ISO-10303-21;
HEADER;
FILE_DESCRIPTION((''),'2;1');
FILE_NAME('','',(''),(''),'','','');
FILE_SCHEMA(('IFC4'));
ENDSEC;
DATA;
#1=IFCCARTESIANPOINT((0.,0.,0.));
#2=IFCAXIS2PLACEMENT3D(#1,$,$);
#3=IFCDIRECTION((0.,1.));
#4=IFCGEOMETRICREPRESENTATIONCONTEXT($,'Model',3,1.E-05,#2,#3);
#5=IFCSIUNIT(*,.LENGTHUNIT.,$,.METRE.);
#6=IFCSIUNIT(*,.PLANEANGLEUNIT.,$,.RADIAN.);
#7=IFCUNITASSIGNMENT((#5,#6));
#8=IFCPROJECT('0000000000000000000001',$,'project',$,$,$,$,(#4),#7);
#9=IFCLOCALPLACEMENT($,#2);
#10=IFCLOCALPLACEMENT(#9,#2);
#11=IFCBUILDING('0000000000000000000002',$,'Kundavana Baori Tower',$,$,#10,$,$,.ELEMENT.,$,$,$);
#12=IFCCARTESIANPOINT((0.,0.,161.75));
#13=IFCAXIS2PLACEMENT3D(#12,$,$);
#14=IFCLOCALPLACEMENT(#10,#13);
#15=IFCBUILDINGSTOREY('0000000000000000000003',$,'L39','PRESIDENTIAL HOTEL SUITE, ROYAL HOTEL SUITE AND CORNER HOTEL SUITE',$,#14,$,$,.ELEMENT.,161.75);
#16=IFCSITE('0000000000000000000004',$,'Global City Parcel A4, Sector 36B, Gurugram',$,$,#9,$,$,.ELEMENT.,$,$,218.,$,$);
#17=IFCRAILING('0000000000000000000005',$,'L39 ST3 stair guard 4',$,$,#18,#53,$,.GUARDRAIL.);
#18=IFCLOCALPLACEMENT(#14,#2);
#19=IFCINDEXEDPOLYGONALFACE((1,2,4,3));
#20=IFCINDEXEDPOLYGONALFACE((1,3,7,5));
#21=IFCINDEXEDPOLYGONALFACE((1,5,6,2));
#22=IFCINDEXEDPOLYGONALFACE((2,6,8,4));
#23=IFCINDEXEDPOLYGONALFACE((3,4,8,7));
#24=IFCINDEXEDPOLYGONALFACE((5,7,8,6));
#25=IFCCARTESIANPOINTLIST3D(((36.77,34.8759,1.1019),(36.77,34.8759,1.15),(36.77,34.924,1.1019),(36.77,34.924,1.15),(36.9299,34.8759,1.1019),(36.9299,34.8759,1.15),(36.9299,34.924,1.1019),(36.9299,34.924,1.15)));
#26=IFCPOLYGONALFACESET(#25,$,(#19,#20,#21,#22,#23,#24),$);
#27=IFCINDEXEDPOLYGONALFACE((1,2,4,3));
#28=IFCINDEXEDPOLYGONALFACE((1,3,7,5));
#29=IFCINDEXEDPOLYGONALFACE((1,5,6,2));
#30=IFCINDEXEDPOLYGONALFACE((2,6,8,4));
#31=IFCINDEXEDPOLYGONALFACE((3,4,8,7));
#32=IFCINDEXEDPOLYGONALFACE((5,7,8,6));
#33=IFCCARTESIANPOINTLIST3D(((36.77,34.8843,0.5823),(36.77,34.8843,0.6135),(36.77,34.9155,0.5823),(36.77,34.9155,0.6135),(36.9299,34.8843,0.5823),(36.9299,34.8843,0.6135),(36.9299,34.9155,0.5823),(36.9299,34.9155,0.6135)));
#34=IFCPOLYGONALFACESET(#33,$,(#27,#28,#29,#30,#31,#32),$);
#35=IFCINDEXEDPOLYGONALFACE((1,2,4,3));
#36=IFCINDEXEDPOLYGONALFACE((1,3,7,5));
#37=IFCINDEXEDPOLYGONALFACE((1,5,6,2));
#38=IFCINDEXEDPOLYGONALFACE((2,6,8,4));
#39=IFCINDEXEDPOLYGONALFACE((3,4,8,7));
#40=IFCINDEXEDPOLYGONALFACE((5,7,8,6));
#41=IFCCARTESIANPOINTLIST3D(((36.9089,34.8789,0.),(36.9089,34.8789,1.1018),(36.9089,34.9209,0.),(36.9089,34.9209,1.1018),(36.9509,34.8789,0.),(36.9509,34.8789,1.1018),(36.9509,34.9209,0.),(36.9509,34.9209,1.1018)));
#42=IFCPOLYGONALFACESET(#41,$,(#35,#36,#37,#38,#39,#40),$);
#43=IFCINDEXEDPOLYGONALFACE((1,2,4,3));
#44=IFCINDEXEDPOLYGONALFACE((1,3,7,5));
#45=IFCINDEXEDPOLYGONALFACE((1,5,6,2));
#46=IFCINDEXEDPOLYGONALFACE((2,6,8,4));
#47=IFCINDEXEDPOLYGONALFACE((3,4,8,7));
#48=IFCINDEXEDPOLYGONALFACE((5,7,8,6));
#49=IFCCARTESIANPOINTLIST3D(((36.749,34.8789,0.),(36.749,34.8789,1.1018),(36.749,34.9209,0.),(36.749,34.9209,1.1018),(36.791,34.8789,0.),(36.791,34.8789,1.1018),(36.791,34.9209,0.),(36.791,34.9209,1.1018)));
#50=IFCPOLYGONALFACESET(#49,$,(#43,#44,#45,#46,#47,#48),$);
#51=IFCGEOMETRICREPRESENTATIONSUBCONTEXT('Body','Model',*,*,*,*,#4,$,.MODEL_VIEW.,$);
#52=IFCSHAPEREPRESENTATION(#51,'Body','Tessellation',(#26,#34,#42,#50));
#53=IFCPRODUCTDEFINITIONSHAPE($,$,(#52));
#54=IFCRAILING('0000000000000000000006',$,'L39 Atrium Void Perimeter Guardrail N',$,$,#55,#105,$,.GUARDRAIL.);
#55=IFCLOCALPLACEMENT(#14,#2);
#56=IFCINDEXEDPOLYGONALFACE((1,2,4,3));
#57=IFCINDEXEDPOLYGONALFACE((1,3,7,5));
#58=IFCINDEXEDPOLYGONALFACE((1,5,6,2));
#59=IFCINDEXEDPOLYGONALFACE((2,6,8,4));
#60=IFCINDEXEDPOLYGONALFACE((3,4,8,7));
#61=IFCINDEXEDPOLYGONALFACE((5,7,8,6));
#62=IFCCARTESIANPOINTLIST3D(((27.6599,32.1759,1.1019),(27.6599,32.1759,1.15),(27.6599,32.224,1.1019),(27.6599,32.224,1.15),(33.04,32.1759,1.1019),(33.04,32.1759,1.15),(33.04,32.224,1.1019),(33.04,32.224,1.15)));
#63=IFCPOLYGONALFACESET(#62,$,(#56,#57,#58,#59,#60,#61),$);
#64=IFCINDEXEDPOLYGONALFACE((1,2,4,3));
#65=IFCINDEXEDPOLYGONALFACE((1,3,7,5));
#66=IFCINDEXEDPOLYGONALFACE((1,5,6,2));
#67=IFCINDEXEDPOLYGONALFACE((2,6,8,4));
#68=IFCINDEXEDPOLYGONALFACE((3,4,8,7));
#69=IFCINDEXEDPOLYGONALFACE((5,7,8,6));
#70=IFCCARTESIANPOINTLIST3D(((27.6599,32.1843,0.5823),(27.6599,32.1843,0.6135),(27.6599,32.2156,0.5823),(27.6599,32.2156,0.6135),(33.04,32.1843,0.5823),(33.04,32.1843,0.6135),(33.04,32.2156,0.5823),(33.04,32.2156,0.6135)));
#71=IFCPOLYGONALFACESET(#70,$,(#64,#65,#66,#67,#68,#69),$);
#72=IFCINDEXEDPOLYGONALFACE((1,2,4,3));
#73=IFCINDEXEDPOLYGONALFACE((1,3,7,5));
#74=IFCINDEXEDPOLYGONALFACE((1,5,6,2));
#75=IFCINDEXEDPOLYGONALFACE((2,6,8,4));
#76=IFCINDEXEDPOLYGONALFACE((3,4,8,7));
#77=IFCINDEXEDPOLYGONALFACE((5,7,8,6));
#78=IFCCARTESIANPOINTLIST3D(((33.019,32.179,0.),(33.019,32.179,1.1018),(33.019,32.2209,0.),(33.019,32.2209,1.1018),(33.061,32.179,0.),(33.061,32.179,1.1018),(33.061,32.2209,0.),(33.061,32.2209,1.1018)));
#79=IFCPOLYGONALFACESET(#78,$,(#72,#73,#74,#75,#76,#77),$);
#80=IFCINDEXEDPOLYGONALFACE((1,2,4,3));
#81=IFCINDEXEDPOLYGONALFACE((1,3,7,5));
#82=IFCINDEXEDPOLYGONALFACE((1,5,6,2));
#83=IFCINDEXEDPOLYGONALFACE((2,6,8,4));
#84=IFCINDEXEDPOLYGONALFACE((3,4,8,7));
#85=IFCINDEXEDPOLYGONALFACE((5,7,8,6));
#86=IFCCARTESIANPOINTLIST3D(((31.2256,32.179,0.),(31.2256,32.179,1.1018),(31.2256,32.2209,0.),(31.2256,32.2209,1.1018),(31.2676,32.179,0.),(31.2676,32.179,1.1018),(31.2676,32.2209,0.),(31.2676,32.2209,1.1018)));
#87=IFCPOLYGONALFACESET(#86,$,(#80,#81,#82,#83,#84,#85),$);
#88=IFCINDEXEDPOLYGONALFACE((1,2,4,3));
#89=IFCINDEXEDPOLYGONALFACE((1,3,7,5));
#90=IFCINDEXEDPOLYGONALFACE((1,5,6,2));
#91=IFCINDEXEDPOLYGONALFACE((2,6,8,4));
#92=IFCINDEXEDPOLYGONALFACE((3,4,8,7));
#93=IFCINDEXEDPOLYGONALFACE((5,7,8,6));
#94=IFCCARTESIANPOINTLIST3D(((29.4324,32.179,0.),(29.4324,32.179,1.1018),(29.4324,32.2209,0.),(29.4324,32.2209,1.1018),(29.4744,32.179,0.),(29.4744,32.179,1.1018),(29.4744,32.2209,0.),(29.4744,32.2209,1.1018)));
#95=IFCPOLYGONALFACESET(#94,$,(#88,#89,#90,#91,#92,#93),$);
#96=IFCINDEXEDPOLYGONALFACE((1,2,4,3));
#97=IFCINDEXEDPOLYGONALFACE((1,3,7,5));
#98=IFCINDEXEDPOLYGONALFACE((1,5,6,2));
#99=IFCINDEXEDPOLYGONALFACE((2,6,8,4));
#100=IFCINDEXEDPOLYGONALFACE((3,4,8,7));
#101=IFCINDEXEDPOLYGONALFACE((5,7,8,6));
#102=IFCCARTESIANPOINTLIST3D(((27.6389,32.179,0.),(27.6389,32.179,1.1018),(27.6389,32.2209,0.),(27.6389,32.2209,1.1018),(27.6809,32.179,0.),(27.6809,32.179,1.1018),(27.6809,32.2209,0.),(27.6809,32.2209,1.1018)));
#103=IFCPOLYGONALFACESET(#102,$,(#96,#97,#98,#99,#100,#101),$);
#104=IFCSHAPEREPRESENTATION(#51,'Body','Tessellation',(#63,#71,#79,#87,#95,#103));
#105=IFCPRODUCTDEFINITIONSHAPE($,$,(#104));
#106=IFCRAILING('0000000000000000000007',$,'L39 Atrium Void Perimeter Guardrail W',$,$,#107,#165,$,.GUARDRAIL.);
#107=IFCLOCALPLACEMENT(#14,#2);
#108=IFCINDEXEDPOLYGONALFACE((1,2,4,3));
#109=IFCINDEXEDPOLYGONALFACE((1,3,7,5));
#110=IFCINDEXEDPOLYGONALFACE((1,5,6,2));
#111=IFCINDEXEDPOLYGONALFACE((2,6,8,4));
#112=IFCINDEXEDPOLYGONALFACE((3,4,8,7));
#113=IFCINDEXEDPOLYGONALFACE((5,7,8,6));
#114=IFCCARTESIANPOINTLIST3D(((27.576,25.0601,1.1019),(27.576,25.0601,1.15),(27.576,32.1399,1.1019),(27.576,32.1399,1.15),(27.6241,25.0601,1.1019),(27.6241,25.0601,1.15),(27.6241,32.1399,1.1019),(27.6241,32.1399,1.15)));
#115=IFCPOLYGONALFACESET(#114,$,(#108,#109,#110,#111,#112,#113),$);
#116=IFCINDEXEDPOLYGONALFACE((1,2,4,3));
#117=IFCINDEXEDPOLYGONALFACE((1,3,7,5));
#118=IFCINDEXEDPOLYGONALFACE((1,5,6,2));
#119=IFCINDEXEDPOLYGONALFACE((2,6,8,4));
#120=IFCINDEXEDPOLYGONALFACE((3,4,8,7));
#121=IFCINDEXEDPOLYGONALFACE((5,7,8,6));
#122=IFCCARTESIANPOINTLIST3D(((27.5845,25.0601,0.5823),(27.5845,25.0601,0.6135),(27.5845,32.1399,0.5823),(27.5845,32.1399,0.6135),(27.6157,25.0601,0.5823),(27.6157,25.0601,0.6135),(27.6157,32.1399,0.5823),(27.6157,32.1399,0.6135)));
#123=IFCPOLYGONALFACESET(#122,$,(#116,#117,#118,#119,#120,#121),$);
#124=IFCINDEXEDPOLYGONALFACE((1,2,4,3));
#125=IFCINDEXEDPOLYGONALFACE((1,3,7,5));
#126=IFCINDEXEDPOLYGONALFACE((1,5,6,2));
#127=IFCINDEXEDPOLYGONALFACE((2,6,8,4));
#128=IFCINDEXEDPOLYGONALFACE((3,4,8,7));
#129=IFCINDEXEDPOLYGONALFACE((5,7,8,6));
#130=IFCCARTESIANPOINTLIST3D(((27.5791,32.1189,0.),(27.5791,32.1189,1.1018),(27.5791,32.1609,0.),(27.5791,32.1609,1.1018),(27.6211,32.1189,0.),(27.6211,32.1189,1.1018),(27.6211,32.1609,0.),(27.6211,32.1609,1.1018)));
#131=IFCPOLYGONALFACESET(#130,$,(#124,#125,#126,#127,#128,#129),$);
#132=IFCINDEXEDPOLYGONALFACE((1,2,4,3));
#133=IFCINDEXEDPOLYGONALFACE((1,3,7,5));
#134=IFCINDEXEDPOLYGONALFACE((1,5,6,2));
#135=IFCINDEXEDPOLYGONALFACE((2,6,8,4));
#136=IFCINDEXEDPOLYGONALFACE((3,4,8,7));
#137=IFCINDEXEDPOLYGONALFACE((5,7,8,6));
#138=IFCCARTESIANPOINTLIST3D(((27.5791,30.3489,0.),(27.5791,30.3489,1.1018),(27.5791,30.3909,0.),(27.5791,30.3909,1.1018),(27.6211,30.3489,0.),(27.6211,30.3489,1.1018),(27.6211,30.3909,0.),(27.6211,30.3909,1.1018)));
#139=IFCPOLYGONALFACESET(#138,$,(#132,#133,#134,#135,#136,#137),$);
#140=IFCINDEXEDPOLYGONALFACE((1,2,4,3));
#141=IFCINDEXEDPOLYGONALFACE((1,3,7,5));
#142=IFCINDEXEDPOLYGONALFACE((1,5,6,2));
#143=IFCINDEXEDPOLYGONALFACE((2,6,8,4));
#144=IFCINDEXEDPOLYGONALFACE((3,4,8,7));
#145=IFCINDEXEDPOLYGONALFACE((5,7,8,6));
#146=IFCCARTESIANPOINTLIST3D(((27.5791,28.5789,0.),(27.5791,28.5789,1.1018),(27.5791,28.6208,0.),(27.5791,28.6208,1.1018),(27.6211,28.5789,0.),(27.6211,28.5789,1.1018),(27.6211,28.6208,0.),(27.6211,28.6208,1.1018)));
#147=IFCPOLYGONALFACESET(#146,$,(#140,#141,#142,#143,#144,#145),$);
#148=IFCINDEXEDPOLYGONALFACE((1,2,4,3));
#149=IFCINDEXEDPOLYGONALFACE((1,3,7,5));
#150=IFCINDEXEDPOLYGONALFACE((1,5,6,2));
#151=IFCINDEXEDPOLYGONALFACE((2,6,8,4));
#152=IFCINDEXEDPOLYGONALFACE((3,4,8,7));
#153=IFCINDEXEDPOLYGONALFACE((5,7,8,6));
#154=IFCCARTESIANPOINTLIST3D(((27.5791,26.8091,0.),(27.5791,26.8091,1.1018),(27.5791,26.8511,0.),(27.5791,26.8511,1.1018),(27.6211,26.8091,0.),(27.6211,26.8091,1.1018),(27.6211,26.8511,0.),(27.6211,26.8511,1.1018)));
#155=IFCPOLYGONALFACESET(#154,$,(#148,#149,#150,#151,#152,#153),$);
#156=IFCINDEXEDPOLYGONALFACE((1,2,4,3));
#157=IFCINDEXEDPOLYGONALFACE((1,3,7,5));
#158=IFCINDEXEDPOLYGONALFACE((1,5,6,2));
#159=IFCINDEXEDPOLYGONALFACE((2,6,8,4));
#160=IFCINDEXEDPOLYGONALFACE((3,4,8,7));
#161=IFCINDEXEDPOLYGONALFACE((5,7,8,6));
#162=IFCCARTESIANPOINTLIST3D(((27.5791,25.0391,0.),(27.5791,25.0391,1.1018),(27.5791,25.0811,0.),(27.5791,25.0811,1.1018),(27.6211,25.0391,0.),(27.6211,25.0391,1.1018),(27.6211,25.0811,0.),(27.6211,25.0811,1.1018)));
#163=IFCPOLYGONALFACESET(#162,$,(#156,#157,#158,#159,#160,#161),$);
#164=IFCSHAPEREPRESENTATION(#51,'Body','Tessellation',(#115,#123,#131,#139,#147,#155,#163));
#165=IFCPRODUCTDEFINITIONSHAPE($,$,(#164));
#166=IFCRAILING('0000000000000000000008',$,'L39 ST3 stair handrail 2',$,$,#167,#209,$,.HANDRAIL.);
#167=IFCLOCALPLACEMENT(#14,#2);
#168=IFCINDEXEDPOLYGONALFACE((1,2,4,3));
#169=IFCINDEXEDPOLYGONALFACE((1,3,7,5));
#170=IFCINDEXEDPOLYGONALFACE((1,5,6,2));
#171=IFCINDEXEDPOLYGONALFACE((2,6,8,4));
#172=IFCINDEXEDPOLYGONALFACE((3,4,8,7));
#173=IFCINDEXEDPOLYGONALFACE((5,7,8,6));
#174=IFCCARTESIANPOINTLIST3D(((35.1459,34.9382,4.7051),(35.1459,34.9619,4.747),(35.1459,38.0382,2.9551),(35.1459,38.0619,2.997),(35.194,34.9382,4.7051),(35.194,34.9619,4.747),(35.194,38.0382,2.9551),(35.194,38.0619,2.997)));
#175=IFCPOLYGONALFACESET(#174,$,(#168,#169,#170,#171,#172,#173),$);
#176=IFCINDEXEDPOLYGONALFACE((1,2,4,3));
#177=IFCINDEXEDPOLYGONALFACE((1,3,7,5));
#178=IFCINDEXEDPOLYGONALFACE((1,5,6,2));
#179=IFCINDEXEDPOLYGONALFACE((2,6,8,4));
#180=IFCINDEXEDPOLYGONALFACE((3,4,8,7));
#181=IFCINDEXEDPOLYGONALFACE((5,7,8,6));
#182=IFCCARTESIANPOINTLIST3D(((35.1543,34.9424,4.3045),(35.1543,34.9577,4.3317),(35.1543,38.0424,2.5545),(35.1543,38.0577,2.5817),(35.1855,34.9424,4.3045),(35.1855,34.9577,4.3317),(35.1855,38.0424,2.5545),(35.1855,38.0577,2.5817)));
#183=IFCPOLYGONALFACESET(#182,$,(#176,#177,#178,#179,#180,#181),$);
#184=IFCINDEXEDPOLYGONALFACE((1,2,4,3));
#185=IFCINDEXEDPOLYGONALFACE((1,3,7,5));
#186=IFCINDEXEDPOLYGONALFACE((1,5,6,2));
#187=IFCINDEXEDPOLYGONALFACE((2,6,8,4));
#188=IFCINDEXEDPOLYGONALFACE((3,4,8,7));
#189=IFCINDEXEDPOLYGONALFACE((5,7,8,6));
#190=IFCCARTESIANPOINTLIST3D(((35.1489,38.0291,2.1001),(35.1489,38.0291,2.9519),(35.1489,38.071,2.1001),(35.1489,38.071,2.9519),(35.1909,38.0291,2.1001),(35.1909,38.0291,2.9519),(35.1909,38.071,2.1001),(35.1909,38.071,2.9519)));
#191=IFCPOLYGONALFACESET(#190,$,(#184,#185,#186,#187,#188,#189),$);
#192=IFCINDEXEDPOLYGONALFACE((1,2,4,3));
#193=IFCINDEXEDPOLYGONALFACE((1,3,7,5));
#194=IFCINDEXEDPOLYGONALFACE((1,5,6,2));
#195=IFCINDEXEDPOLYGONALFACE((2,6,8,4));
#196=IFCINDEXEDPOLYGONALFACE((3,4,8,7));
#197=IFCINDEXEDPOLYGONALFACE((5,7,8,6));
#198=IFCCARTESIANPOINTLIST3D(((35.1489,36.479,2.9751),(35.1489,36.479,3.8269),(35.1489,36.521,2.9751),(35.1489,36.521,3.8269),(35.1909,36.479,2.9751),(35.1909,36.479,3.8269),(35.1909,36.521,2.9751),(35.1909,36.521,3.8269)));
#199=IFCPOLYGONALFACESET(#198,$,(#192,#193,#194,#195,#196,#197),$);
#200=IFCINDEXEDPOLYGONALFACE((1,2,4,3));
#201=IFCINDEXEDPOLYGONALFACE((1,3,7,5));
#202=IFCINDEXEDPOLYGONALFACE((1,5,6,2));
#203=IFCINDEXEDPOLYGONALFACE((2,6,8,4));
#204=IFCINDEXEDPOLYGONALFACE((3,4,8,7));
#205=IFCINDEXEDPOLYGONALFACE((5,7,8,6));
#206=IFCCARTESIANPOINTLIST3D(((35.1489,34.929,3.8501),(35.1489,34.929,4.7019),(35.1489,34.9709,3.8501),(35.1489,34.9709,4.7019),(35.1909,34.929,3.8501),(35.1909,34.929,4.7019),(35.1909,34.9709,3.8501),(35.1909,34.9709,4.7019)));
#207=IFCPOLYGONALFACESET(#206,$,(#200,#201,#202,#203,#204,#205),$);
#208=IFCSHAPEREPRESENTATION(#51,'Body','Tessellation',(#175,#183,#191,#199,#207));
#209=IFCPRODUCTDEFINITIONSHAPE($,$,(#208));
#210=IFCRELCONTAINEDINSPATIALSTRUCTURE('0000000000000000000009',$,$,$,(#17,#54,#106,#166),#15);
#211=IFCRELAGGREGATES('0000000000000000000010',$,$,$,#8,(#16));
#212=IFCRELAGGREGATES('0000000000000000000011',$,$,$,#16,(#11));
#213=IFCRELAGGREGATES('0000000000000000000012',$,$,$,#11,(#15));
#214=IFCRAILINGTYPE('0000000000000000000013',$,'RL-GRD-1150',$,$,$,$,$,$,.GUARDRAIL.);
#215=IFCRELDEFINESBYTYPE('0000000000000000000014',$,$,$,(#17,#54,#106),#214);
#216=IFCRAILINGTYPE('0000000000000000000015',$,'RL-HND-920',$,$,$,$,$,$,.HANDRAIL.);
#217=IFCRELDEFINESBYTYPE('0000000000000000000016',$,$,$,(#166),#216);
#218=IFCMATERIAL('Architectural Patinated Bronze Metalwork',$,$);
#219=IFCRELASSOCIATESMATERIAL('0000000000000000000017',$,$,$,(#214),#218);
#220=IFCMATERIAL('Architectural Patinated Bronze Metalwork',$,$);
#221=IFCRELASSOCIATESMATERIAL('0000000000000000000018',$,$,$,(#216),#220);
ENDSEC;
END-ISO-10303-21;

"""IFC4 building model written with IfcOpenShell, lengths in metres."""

from ifc_helpers import new_model, si_unit, direction, frame, origin, origin_2d, place, context, subcontext, project, spatial, rectangle, extrude, material, type_object, element, save


model = new_model("IFC4")

# Units and contexts
model_context = context("Model", 3, precision=1e-05, world=origin(), true_north=direction((0.0, 1.0)))
body_context = subcontext(model_context, "Body", "Model", "MODEL_VIEW")
ifc_project = project(units=[si_unit("LENGTHUNIT", "METRE"), si_unit("PLANEANGLEUNIT", "RADIAN")], contexts=[model_context])

# Site, building, storey
site_placement = place(None, origin())
site = spatial("IfcSite", under=ifc_project, at=site_placement, Name="Global City Parcel A4, Sector 36B, Gurugram", CompositionType="ELEMENT", RefElevation=218.0)
building_placement = place(site_placement, origin())
building = spatial("IfcBuilding", under=site, at=building_placement, Name="Kundavana Baori Tower", CompositionType="ELEMENT")
storey_placement = place(building_placement, frame((0.0, 0.0, 161.75)))
storey = spatial("IfcBuildingStorey", under=building, at=storey_placement, Name="L39", Description="PRESIDENTIAL HOTEL SUITE, ROYAL HOTEL SUITE AND CORNER HOTEL SUITE", CompositionType="ELEMENT", Elevation=161.75)

# Railings
ifc_material_1 = material(Name="Architectural Patinated Bronze Metalwork")
railing_type_1 = type_object("IfcRailingType", Name="RL-GRD-1150", PredefinedType="GUARDRAIL", material=ifc_material_1)
railing_1_placement = place(storey_placement, frame((36.9299, 34.8999, 0.0)))
element("IfcRailing", 1, at=railing_1_placement, inside=storey, type_object=railing_type_1, Name="L39 ST3 stair guard 4", PredefinedType="GUARDRAIL", context=body_context, shape_type="SweptSolid", body=[
    extrude(rectangle(XDim=0.0481, YDim=0.0481, at=origin_2d()), frame((0.0, 0.0, 1.126), z_axis=(-1.0, 0.0, 0.0), x_axis=(0.0, -1.0, 0.0)), (0.0, 0.0, 1.0), 0.1599),
    extrude(rectangle(XDim=0.0312, YDim=0.0312, at=origin_2d()), frame((0.0, 0.0, 0.5979), z_axis=(-1.0, 0.0, 0.0), x_axis=(0.0, -1.0, 0.0)), (0.0, 0.0, 1.0), 0.1599),
    extrude(rectangle(XDim=0.042, YDim=0.042, at=origin_2d()), origin(), (0.0, 0.0, 1.0), 1.1018),
    extrude(rectangle(XDim=0.042, YDim=0.042, at=origin_2d()), frame((-0.1599, 0.0, 0.0)), (0.0, 0.0, 1.0), 1.1018),
])
railing_2_placement = place(storey_placement, frame((33.04, 32.2, 0.0)))
element("IfcRailing", 2, at=railing_2_placement, inside=storey, type_object=railing_type_1, Name="L39 Atrium Void Perimeter Guardrail N", PredefinedType="GUARDRAIL", context=body_context, shape_type="SweptSolid", body=[
    extrude(rectangle(XDim=0.0481, YDim=0.0481, at=origin_2d()), frame((0.0, 0.0, 1.126), z_axis=(-1.0, 0.0, 0.0), x_axis=(0.0, -1.0, 0.0)), (0.0, 0.0, 1.0), 5.3801),
    extrude(rectangle(XDim=0.0312, YDim=0.0312, at=origin_2d()), frame((0.0, 0.0, 0.5979), z_axis=(-1.0, 0.0, 0.0), x_axis=(0.0, -1.0, 0.0)), (0.0, 0.0, 1.0), 5.3801),
    extrude(rectangle(XDim=0.042, YDim=0.042, at=origin_2d()), origin(), (0.0, 0.0, 1.0), 1.1018),
    extrude(rectangle(XDim=0.042, YDim=0.042, at=origin_2d()), frame((-1.7935, 0.0, 0.0)), (0.0, 0.0, 1.0), 1.1018),
    extrude(rectangle(XDim=0.042, YDim=0.042, at=origin_2d()), frame((-3.5867, 0.0, 0.0)), (0.0, 0.0, 1.0), 1.1018),
    extrude(rectangle(XDim=0.042, YDim=0.042, at=origin_2d()), frame((-5.3801, 0.0, 0.0)), (0.0, 0.0, 1.0), 1.1018),
])
railing_3_placement = place(storey_placement, frame((27.6001, 32.1399, 0.0)))
element("IfcRailing", 3, at=railing_3_placement, inside=storey, type_object=railing_type_1, Name="L39 Atrium Void Perimeter Guardrail W", PredefinedType="GUARDRAIL", context=body_context, shape_type="SweptSolid", body=[
    extrude(rectangle(XDim=0.0481, YDim=0.0481, at=origin_2d()), frame((0.0, 0.0, 1.126), z_axis=(0.0, -1.0, 0.0), x_axis=(1.0, 0.0, 0.0)), (0.0, 0.0, 1.0), 7.0798),
    extrude(rectangle(XDim=0.0312, YDim=0.0312, at=origin_2d()), frame((0.0, 0.0, 0.5979), z_axis=(0.0, -1.0, 0.0), x_axis=(1.0, 0.0, 0.0)), (0.0, 0.0, 1.0), 7.0798),
    extrude(rectangle(XDim=0.042, YDim=0.042, at=origin_2d()), origin(), (0.0, 0.0, 1.0), 1.1018),
    extrude(rectangle(XDim=0.042, YDim=0.042, at=origin_2d()), frame((0.0, -1.77, 0.0)), (0.0, 0.0, 1.0), 1.1018),
    extrude(rectangle(XDim=0.042, YDim=0.042, at=origin_2d()), frame((0.0, -3.54, 0.0)), (0.0, 0.0, 1.0), 1.1018),
    extrude(rectangle(XDim=0.042, YDim=0.042, at=origin_2d()), frame((0.0, -5.3098, 0.0)), (0.0, 0.0, 1.0), 1.1018),
    extrude(rectangle(XDim=0.042, YDim=0.042, at=origin_2d()), frame((0.0, -7.0798, 0.0)), (0.0, 0.0, 1.0), 1.1018),
])
ifc_material_2 = material(Name="Architectural Patinated Bronze Metalwork")
railing_type_2 = type_object("IfcRailingType", Name="RL-HND-920", PredefinedType="HANDRAIL", material=ifc_material_2)
railing_4_placement = place(storey_placement, frame((35.1699, 38.05, 2.1001)))
element("IfcRailing", 4, at=railing_4_placement, inside=storey, type_object=railing_type_2, Name="L39 ST3 stair handrail 2", PredefinedType="HANDRAIL", context=body_context, shape_type="SweptSolid", body=[
    extrude(rectangle(XDim=0.0481, YDim=0.0481, at=origin_2d()), frame((0.0, 0.0, 0.876), z_axis=(0.0, -0.870831, 0.491583), x_axis=(1.0, 0.0, 0.0)), (0.0, 0.0, 1.0), 3.5598),
    extrude(rectangle(XDim=0.0312, YDim=0.0312, at=origin_2d()), frame((0.0, 0.0, 0.468), z_axis=(0.0, -0.870831, 0.491583), x_axis=(1.0, 0.0, 0.0)), (0.0, 0.0, 1.0), 3.5598),
    extrude(rectangle(XDim=0.042, YDim=0.042, at=origin_2d()), origin(), (0.0, 0.0, 1.0), 0.8518),
    extrude(rectangle(XDim=0.042, YDim=0.042, at=origin_2d()), frame((0.0, -1.55, 0.875)), (0.0, 0.0, 1.0), 0.8518),
    extrude(rectangle(XDim=0.042, YDim=0.042, at=origin_2d()), frame((0.0, -3.1001, 1.75)), (0.0, 0.0, 1.0), 0.8518),
])

save(model, "model.ifc")
